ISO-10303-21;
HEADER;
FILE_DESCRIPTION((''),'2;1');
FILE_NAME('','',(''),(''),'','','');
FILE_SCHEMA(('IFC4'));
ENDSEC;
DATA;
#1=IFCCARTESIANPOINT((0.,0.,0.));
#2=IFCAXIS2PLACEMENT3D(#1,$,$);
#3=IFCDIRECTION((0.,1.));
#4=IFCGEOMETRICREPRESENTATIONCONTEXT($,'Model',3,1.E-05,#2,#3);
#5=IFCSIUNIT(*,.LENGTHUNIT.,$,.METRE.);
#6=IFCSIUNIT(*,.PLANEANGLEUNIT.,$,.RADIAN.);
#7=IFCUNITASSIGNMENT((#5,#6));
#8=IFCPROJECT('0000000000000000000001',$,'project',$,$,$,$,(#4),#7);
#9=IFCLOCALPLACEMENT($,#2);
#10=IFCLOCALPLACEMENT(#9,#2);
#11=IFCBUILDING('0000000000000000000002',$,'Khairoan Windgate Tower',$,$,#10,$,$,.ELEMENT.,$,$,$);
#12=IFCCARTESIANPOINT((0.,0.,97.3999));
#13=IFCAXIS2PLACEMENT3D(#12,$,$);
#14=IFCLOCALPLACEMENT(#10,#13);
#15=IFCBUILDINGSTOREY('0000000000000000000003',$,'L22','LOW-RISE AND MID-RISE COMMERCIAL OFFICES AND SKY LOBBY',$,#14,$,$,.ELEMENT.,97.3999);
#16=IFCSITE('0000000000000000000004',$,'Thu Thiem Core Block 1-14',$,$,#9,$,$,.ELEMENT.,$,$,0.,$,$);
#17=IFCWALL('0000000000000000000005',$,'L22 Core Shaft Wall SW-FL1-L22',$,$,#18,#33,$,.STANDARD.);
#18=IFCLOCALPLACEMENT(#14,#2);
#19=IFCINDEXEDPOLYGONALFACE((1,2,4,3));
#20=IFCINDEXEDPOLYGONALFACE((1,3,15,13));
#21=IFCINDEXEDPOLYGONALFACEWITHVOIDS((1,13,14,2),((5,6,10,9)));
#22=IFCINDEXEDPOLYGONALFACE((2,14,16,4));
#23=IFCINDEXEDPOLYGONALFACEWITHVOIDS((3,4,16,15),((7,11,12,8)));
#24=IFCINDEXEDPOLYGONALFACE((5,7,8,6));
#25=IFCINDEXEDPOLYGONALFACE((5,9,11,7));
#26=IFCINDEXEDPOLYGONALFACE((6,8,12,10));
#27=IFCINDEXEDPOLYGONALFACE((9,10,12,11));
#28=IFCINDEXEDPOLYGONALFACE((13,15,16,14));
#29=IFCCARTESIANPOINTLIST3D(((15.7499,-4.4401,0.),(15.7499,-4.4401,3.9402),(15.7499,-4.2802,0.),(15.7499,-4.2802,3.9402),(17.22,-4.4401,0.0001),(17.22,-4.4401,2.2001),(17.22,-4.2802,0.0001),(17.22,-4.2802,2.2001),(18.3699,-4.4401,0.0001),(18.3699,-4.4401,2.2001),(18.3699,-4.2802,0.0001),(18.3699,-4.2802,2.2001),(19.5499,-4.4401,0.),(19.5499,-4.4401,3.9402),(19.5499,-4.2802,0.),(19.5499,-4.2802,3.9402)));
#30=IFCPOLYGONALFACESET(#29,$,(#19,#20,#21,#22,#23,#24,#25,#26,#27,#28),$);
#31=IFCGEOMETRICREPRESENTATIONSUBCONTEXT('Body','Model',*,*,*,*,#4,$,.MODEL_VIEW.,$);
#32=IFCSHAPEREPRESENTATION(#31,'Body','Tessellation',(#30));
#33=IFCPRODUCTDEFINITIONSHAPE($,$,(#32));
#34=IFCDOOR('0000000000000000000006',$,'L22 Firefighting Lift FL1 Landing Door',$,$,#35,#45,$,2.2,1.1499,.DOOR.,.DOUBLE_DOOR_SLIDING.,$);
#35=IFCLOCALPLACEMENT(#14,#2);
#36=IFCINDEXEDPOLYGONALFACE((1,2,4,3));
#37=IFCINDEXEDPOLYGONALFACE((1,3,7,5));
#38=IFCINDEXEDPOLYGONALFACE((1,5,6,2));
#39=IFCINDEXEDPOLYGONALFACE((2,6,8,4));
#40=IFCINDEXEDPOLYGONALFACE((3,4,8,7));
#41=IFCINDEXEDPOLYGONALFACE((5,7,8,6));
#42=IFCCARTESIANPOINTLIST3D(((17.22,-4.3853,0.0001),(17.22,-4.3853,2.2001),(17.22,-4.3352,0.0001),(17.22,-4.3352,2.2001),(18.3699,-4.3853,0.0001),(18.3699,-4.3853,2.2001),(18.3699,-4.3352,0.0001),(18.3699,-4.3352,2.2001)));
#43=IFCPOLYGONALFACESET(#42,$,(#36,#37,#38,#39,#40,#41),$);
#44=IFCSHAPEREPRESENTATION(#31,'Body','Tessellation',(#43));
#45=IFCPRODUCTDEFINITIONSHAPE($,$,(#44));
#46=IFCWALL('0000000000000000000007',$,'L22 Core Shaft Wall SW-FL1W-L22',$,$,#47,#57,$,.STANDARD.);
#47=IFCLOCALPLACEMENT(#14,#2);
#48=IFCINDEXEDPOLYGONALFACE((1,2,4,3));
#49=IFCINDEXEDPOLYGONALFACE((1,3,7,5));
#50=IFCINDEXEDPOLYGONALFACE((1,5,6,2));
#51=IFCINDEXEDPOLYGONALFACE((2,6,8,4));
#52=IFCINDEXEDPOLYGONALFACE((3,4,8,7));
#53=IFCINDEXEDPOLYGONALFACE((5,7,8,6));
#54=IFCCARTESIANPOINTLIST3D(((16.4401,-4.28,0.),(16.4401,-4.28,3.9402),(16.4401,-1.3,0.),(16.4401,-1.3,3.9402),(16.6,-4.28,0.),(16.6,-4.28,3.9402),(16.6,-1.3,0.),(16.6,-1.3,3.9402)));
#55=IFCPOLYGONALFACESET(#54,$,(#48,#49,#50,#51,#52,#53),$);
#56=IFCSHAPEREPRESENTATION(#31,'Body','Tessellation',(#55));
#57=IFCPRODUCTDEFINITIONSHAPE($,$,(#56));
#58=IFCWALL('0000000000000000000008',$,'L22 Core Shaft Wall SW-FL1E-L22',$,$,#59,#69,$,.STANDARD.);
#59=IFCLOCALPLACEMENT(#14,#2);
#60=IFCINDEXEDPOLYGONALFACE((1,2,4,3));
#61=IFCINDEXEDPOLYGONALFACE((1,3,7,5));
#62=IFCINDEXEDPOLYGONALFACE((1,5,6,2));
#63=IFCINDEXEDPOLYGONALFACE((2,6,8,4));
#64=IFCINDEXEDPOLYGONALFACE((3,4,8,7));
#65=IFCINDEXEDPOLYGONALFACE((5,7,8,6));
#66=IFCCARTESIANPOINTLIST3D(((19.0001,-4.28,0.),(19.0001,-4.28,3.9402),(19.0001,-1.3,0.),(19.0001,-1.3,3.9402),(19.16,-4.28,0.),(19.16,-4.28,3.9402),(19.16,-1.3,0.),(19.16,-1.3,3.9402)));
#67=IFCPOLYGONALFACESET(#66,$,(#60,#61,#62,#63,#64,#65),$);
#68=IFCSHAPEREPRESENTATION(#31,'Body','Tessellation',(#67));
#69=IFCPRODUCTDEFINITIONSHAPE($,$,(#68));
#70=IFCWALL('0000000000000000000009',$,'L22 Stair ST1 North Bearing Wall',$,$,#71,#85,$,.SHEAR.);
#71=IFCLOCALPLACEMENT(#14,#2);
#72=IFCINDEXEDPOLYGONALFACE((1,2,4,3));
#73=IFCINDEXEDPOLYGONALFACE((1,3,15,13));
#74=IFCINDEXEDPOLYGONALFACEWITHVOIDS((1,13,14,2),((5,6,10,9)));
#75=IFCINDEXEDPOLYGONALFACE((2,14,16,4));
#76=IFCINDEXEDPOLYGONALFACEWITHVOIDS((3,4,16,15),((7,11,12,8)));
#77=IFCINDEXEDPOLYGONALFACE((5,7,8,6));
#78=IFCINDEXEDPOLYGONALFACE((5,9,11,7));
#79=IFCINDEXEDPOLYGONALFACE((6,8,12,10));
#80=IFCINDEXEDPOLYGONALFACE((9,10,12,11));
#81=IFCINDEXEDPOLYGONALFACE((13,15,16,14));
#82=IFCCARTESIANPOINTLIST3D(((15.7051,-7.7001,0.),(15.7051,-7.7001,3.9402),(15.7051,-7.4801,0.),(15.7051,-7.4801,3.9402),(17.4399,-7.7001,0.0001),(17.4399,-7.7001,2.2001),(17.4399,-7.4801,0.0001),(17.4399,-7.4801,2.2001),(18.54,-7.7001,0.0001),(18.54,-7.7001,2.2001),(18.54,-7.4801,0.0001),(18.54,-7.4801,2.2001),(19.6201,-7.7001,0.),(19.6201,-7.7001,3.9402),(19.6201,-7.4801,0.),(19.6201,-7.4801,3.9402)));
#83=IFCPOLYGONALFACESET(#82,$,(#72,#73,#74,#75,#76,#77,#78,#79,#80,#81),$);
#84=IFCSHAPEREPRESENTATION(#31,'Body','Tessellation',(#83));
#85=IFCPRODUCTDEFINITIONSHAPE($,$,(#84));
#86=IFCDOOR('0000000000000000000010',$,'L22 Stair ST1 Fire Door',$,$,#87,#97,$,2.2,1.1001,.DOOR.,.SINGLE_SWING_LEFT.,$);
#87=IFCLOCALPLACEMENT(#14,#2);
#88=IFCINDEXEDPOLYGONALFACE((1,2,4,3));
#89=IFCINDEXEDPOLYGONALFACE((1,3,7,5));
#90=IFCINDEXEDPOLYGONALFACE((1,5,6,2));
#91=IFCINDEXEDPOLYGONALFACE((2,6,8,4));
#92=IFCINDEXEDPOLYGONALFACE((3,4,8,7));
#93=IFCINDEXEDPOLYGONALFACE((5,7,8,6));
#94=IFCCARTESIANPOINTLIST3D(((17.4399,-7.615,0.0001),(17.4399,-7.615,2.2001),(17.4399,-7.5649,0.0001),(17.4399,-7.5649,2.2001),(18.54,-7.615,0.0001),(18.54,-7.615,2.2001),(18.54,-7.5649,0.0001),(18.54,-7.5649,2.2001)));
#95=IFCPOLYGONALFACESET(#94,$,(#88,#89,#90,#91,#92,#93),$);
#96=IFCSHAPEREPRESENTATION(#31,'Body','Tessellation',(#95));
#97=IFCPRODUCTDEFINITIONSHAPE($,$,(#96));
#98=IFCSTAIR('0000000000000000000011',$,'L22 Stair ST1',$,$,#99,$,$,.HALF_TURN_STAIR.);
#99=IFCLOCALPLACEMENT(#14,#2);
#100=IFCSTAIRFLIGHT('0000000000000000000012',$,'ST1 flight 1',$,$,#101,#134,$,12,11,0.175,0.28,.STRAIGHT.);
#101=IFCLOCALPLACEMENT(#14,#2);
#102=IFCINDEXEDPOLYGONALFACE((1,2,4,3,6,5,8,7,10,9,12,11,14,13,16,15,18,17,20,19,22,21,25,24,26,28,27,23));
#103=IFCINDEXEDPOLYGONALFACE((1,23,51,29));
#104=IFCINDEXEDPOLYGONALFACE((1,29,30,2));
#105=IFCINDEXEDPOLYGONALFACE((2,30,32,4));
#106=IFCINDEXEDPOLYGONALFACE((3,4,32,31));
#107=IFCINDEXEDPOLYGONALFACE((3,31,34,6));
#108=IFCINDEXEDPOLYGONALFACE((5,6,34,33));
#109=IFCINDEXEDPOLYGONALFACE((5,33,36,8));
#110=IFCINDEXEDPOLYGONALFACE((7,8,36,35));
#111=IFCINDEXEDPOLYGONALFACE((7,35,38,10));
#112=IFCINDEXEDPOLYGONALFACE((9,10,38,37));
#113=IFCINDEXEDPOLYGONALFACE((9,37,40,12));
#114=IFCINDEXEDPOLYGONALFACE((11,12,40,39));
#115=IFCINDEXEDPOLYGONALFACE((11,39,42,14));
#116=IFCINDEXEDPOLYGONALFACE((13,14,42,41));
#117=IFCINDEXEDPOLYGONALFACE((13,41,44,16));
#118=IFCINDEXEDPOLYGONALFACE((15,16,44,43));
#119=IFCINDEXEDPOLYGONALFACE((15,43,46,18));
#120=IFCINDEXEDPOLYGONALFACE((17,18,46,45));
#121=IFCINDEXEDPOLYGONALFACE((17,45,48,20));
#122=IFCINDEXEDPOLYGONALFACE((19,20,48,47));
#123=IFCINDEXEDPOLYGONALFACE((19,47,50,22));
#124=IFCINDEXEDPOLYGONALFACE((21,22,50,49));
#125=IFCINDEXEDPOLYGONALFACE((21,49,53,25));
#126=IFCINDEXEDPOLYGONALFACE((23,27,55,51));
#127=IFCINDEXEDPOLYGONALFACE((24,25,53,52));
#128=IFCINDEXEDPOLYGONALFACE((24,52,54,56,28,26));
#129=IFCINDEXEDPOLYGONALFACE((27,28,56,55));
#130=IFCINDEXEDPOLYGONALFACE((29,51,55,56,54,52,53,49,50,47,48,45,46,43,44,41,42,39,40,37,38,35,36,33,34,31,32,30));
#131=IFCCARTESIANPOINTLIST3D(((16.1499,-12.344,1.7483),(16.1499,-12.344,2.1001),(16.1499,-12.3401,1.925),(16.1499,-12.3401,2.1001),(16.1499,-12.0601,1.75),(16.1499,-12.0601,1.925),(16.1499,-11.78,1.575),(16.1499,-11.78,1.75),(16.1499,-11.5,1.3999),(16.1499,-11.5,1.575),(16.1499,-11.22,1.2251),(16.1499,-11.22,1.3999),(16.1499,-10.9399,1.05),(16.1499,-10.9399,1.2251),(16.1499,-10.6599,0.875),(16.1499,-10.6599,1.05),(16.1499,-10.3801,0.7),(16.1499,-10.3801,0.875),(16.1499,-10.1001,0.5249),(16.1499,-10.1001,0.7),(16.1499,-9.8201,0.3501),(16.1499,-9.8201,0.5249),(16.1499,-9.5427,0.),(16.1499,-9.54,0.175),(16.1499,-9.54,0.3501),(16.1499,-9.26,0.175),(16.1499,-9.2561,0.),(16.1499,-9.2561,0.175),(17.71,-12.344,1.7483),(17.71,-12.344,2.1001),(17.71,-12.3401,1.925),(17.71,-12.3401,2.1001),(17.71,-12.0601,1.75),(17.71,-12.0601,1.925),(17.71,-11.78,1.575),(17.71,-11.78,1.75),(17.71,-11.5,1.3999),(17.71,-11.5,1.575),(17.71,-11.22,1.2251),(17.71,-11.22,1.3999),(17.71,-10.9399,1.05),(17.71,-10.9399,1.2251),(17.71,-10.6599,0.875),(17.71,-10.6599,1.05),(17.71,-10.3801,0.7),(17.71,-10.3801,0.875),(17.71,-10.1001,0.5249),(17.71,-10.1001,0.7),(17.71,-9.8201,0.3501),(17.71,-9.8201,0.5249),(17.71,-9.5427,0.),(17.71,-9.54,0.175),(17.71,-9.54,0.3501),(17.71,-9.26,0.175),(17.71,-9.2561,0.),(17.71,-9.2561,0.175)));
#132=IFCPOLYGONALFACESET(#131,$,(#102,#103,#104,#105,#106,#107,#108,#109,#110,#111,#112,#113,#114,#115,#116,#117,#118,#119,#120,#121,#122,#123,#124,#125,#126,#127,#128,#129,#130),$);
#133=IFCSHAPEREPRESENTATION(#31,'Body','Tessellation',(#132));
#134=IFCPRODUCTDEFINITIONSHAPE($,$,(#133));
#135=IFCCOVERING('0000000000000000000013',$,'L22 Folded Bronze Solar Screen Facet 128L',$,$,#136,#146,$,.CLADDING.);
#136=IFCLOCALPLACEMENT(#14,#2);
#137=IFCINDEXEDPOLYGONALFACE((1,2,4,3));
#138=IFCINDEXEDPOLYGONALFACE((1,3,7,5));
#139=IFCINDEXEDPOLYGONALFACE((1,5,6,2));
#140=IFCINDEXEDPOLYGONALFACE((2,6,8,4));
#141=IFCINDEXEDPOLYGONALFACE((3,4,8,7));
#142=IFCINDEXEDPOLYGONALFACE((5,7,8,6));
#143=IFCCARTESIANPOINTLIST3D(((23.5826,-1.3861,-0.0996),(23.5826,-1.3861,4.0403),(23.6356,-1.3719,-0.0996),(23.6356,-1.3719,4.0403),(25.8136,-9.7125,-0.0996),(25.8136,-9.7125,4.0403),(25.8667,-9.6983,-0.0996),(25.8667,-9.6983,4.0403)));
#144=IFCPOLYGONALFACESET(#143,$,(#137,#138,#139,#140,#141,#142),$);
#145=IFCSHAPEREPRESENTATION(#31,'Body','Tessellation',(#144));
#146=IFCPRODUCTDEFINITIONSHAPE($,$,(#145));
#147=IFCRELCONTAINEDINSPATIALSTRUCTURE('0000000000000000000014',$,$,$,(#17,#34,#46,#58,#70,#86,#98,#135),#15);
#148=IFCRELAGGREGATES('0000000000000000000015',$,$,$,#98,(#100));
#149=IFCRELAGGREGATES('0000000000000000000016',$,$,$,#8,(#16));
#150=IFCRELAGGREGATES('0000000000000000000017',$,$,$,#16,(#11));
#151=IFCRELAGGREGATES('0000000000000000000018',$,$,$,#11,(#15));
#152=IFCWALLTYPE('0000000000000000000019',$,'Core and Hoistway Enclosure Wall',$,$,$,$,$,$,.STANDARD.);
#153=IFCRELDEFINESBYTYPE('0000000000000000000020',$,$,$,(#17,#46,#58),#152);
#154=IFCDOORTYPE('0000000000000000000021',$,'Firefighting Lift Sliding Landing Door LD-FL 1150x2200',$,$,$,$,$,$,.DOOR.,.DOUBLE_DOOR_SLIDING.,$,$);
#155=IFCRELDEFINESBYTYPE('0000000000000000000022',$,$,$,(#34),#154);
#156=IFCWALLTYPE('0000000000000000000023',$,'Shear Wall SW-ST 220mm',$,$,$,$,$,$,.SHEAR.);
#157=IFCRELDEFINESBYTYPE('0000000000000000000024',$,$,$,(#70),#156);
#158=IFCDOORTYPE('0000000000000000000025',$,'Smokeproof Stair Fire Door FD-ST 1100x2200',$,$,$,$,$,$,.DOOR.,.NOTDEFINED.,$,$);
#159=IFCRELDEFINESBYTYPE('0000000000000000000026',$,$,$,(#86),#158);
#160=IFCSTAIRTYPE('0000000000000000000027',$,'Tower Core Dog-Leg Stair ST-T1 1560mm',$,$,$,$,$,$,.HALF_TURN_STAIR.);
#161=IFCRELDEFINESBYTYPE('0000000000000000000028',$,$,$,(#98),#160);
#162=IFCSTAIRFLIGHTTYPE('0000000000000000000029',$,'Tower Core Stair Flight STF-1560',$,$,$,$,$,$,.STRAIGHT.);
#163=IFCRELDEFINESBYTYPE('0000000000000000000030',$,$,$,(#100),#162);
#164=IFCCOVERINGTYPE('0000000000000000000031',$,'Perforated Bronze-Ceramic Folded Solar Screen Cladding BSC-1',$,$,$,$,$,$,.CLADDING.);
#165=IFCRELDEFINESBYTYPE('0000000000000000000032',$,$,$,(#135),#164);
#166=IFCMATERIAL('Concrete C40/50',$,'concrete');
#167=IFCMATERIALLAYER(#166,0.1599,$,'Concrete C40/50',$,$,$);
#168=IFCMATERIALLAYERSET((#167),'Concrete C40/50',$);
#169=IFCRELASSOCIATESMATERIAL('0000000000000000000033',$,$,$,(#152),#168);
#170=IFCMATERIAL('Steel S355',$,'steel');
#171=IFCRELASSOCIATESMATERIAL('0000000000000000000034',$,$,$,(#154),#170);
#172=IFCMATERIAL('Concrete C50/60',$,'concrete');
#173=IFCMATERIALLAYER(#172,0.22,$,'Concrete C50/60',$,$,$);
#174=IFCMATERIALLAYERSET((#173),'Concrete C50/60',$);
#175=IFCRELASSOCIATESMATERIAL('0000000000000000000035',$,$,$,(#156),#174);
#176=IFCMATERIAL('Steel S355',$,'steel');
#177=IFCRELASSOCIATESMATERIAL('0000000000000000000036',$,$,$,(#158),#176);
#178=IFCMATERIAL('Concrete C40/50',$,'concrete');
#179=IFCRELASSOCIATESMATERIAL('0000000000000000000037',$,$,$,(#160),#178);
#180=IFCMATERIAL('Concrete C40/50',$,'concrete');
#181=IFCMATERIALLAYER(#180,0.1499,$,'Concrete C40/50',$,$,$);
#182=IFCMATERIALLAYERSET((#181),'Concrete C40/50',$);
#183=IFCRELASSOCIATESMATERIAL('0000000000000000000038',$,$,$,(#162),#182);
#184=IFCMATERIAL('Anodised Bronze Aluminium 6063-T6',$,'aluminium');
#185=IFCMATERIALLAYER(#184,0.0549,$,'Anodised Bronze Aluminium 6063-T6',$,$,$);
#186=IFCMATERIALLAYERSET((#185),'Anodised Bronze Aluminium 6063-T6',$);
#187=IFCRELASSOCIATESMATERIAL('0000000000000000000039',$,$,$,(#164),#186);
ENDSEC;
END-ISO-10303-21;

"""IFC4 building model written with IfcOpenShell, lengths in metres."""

from ifc_helpers import new_model, si_unit, direction, frame, frame_2d, origin, origin_2d, place, context, subcontext, project, spatial, polyline, rectangle, outline, extrude, material, layer, layer_set, type_object, element, fill, aggregate, save


model = new_model("IFC4")

# Units and contexts
model_context = context("Model", 3, precision=1e-05, world=origin(), true_north=direction((0.0, 1.0)))
body_context = subcontext(model_context, "Body", "Model", "MODEL_VIEW")
ifc_project = project(units=[si_unit("LENGTHUNIT", "METRE"), si_unit("PLANEANGLEUNIT", "RADIAN")], contexts=[model_context])

# Site, building, storey
site_placement = place(None, origin())
site = spatial("IfcSite", under=ifc_project, at=site_placement, Name="Thu Thiem Core Block 1-14", CompositionType="ELEMENT", RefElevation=0.0)
building_placement = place(site_placement, origin())
building = spatial("IfcBuilding", under=site, at=building_placement, Name="Khairoan Windgate Tower", CompositionType="ELEMENT")
storey_placement = place(building_placement, frame((0.0, 0.0, 97.3999)))
storey = spatial("IfcBuildingStorey", under=building, at=storey_placement, Name="L22", Description="LOW-RISE AND MID-RISE COMMERCIAL OFFICES AND SKY LOBBY", CompositionType="ELEMENT", Elevation=97.3999)

# Wall, opening, door
ifc_material_1 = material(Name="Concrete C40/50", Category="concrete")
ifc_layer_1 = layer(ifc_material_1, 0.1599, Name="Concrete C40/50")
ifc_layer_set_1 = layer_set([ifc_layer_1], Name="Concrete C40/50")
wall_type_1 = type_object("IfcWallType", Name="Core and Hoistway Enclosure Wall", PredefinedType="STANDARD", material=ifc_layer_set_1)
wall_1_placement = place(storey_placement, frame((15.75, -4.3601, 0.0), z_axis=(0.0, 0.0, 1.0), x_axis=(1.0, 0.0, 0.0)))
wall_1 = element("IfcWall", 1, at=wall_1_placement, inside=storey, type_object=wall_type_1, Name="L22 Core Shaft Wall SW-FL1-L22", PredefinedType="STANDARD", context=body_context, shape_type="SweptSolid", body=[
    extrude(rectangle(XDim=3.8, YDim=0.1599, at=frame_2d((1.8999, 0.0))), origin(), (0.0, 0.0, 1.0), 3.9402),
])
opening_1_placement = place(wall_1_placement, frame((1.47, 0.0, 0.0)))
opening_1 = element("IfcOpeningElement", 2, at=opening_1_placement, cuts=wall_1, PredefinedType="OPENING", context=body_context, shape_type="SweptSolid", body=[
    extrude(rectangle(XDim=1.1499, YDim=2.2, at=frame_2d((0.575, 1.1001))), frame((0.0, 0.0898, 0.0), z_axis=(0.0, -1.0, 0.0), x_axis=(1.0, 0.0, 0.0)), (0.0, 0.0, 1.0), 0.1799),
])
ifc_material_2 = material(Name="Steel S355", Category="steel")
door_type_1 = type_object("IfcDoorType", Name="Firefighting Lift Sliding Landing Door LD-FL 1150x2200", OperationType="DOUBLE_DOOR_SLIDING", PredefinedType="DOOR", material=ifc_material_2)
door_1_placement = place(opening_1_placement, origin())
door_1 = element("IfcDoor", 3, at=door_1_placement, inside=storey, type_object=door_type_1, Name="L22 Firefighting Lift FL1 Landing Door", OperationType="DOUBLE_DOOR_SLIDING", OverallHeight=2.2, OverallWidth=1.1499, PredefinedType="DOOR", context=body_context, shape_type="SweptSolid", body=[
    extrude(rectangle(XDim=1.1499, YDim=2.2, at=frame_2d((0.575, 1.1001))), frame((0.0, 0.0249, 0.0), z_axis=(0.0, -1.0, 0.0), x_axis=(1.0, 0.0, 0.0)), (0.0, 0.0, 1.0), 0.05),
])
fill(opening_1, door_1)

# Walls
for number, where, z_axis, x_axis, name in (
    (4, (16.52, -4.28, 0.0), (0.0, 0.0, 1.0), (0.0, 1.0, 0.0), "L22 Core Shaft Wall SW-FL1W-L22"),
    (5, (19.0801, -4.28, 0.0), (0.0, 0.0, 1.0), (0.0, 1.0, 0.0), "L22 Core Shaft Wall SW-FL1E-L22"),
):
    element("IfcWall", number, at=place(storey_placement, frame(where, z_axis=z_axis, x_axis=x_axis)), inside=storey, type_object=wall_type_1, Name=name, PredefinedType="STANDARD", context=body_context, shape_type="SweptSolid", body=[
        extrude(rectangle(XDim=2.98, YDim=0.1599, at=frame_2d((1.49, 0.0))), origin(), (0.0, 0.0, 1.0), 3.9402),
    ])

# Wall, opening, door
ifc_material_3 = material(Name="Concrete C50/60", Category="concrete")
ifc_layer_2 = layer(ifc_material_3, 0.22, Name="Concrete C50/60")
ifc_layer_set_2 = layer_set([ifc_layer_2], Name="Concrete C50/60")
wall_type_2 = type_object("IfcWallType", Name="Shear Wall SW-ST 220mm", PredefinedType="SHEAR", material=ifc_layer_set_2)
wall_2_placement = place(storey_placement, frame((19.6201, -7.5901, 0.0), z_axis=(0.0, 0.0, 1.0), x_axis=(-1.0, 0.0, 0.0)))
wall_2 = element("IfcWall", 6, at=wall_2_placement, inside=storey, type_object=wall_type_2, Name="L22 Stair ST1 North Bearing Wall", PredefinedType="SHEAR", context=body_context, shape_type="SweptSolid", body=[
    extrude(rectangle(XDim=3.915, YDim=0.22, at=frame_2d((1.9575, 0.0))), origin(), (0.0, 0.0, 1.0), 3.9402),
])
opening_2_placement = place(wall_2_placement, frame((1.0801, 0.0, 0.0)))
opening_2 = element("IfcOpeningElement", 7, at=opening_2_placement, cuts=wall_2, PredefinedType="OPENING", context=body_context, shape_type="SweptSolid", body=[
    extrude(rectangle(XDim=1.1001, YDim=2.2, at=frame_2d((0.55, 1.1001))), frame((0.0, 0.1199, 0.0), z_axis=(0.0, -1.0, 0.0), x_axis=(1.0, 0.0, 0.0)), (0.0, 0.0, 1.0), 0.24),
])
ifc_material_4 = material(Name="Steel S355", Category="steel")
door_type_2 = type_object("IfcDoorType", Name="Smokeproof Stair Fire Door FD-ST 1100x2200", OperationType="NOTDEFINED", PredefinedType="DOOR", material=ifc_material_4)
door_2_placement = place(opening_2_placement, origin())
door_2 = element("IfcDoor", 8, at=door_2_placement, inside=storey, type_object=door_type_2, Name="L22 Stair ST1 Fire Door", OperationType="SINGLE_SWING_LEFT", OverallHeight=2.2, OverallWidth=1.1001, PredefinedType="DOOR", context=body_context, shape_type="SweptSolid", body=[
    extrude(rectangle(XDim=1.1001, YDim=2.2, at=frame_2d((0.55, 1.1001))), frame((0.0, 0.0249, 0.0), z_axis=(0.0, -1.0, 0.0), x_axis=(1.0, 0.0, 0.0)), (0.0, 0.0, 1.0), 0.05),
])
fill(opening_2, door_2)

# Stair, stair flight
ifc_material_5 = material(Name="Concrete C40/50", Category="concrete")
stair_type = type_object("IfcStairType", Name="Tower Core Dog-Leg Stair ST-T1 1560mm", PredefinedType="HALF_TURN_STAIR", material=ifc_material_5)
stair_placement = place(storey_placement, origin())
stair = element("IfcStair", 9, at=stair_placement, inside=storey, type_object=stair_type, Name="L22 Stair ST1", PredefinedType="HALF_TURN_STAIR")
ifc_material_6 = material(Name="Concrete C40/50", Category="concrete")
ifc_layer_3 = layer(ifc_material_6, 0.1499, Name="Concrete C40/50")
ifc_layer_set_3 = layer_set([ifc_layer_3], Name="Concrete C40/50")
stair_flight_type = type_object("IfcStairFlightType", Name="Tower Core Stair Flight STF-1560", PredefinedType="STRAIGHT", material=ifc_layer_set_3)
stair_flight_placement = place(storey_placement, frame((16.9299, -9.26, 0.0), z_axis=(0.0, 0.0, 1.0), x_axis=(0.0, -1.0, 0.0)))
stair_flight = element("IfcStairFlight", 10, at=stair_flight_placement, type_object=stair_flight_type, Name="ST1 flight 1", NumberOfRisers=12, NumberOfTreads=11, PredefinedType="STRAIGHT", RiserHeight=0.175, TreadLength=0.28, context=body_context, shape_type="SweptSolid", body=[
    extrude(outline(polyline([(-0.0039, 0.0), (-0.0039, 0.175), (0.0, 0.175), (0.28, 0.175), (0.28, 0.3501), (0.5601, 0.3501), (0.5601, 0.5249), (0.8401, 0.5249), (0.8401, 0.7), (1.1201, 0.7), (1.1201, 0.875), (1.3999, 0.875), (1.3999, 1.05), (1.6799, 1.05), (1.6799, 1.2251), (1.96, 1.2251), (1.96, 1.3999), (2.24, 1.3999), (2.24, 1.575), (2.52, 1.575), (2.52, 1.75), (2.8, 1.75), (2.8, 1.925), (3.0801, 1.925), (3.0801, 2.1001), (3.084, 2.1001), (3.084, 1.7483), (0.2827, 0.0), (-0.0039, 0.0)])), frame((0.0, 0.78, 0.0), z_axis=(0.0, -1.0, 0.0), x_axis=(1.0, 0.0, 0.0)), (0.0, 0.0, 1.0), 1.5601),
])
aggregate(stair, [stair_flight])

# Covering
ifc_material_7 = material(Name="Anodised Bronze Aluminium 6063-T6", Category="aluminium")
ifc_layer_4 = layer(ifc_material_7, 0.0549, Name="Anodised Bronze Aluminium 6063-T6")
ifc_layer_set_4 = layer_set([ifc_layer_4], Name="Anodised Bronze Aluminium 6063-T6")
covering_type = type_object("IfcCoveringType", Name="Perforated Bronze-Ceramic Folded Solar Screen Cladding BSC-1", PredefinedType="CLADDING", material=ifc_layer_set_4)
covering_placement = place(storey_placement, frame((24.7246, -5.5422, -0.0996), z_axis=(0.0, 0.0, 1.0), x_axis=(0.258819, -0.965926, 0.0)))
element("IfcCovering", 11, at=covering_placement, inside=storey, type_object=covering_type, Name="L22 Folded Bronze Solar Screen Facet 128L", PredefinedType="CLADDING", context=body_context, shape_type="SweptSolid", body=[
    extrude(rectangle(XDim=8.6201, YDim=0.0549, at=origin_2d()), origin(), (0.0, 0.0, 1.0), 4.1399),
])

save(model, "model.ifc")
